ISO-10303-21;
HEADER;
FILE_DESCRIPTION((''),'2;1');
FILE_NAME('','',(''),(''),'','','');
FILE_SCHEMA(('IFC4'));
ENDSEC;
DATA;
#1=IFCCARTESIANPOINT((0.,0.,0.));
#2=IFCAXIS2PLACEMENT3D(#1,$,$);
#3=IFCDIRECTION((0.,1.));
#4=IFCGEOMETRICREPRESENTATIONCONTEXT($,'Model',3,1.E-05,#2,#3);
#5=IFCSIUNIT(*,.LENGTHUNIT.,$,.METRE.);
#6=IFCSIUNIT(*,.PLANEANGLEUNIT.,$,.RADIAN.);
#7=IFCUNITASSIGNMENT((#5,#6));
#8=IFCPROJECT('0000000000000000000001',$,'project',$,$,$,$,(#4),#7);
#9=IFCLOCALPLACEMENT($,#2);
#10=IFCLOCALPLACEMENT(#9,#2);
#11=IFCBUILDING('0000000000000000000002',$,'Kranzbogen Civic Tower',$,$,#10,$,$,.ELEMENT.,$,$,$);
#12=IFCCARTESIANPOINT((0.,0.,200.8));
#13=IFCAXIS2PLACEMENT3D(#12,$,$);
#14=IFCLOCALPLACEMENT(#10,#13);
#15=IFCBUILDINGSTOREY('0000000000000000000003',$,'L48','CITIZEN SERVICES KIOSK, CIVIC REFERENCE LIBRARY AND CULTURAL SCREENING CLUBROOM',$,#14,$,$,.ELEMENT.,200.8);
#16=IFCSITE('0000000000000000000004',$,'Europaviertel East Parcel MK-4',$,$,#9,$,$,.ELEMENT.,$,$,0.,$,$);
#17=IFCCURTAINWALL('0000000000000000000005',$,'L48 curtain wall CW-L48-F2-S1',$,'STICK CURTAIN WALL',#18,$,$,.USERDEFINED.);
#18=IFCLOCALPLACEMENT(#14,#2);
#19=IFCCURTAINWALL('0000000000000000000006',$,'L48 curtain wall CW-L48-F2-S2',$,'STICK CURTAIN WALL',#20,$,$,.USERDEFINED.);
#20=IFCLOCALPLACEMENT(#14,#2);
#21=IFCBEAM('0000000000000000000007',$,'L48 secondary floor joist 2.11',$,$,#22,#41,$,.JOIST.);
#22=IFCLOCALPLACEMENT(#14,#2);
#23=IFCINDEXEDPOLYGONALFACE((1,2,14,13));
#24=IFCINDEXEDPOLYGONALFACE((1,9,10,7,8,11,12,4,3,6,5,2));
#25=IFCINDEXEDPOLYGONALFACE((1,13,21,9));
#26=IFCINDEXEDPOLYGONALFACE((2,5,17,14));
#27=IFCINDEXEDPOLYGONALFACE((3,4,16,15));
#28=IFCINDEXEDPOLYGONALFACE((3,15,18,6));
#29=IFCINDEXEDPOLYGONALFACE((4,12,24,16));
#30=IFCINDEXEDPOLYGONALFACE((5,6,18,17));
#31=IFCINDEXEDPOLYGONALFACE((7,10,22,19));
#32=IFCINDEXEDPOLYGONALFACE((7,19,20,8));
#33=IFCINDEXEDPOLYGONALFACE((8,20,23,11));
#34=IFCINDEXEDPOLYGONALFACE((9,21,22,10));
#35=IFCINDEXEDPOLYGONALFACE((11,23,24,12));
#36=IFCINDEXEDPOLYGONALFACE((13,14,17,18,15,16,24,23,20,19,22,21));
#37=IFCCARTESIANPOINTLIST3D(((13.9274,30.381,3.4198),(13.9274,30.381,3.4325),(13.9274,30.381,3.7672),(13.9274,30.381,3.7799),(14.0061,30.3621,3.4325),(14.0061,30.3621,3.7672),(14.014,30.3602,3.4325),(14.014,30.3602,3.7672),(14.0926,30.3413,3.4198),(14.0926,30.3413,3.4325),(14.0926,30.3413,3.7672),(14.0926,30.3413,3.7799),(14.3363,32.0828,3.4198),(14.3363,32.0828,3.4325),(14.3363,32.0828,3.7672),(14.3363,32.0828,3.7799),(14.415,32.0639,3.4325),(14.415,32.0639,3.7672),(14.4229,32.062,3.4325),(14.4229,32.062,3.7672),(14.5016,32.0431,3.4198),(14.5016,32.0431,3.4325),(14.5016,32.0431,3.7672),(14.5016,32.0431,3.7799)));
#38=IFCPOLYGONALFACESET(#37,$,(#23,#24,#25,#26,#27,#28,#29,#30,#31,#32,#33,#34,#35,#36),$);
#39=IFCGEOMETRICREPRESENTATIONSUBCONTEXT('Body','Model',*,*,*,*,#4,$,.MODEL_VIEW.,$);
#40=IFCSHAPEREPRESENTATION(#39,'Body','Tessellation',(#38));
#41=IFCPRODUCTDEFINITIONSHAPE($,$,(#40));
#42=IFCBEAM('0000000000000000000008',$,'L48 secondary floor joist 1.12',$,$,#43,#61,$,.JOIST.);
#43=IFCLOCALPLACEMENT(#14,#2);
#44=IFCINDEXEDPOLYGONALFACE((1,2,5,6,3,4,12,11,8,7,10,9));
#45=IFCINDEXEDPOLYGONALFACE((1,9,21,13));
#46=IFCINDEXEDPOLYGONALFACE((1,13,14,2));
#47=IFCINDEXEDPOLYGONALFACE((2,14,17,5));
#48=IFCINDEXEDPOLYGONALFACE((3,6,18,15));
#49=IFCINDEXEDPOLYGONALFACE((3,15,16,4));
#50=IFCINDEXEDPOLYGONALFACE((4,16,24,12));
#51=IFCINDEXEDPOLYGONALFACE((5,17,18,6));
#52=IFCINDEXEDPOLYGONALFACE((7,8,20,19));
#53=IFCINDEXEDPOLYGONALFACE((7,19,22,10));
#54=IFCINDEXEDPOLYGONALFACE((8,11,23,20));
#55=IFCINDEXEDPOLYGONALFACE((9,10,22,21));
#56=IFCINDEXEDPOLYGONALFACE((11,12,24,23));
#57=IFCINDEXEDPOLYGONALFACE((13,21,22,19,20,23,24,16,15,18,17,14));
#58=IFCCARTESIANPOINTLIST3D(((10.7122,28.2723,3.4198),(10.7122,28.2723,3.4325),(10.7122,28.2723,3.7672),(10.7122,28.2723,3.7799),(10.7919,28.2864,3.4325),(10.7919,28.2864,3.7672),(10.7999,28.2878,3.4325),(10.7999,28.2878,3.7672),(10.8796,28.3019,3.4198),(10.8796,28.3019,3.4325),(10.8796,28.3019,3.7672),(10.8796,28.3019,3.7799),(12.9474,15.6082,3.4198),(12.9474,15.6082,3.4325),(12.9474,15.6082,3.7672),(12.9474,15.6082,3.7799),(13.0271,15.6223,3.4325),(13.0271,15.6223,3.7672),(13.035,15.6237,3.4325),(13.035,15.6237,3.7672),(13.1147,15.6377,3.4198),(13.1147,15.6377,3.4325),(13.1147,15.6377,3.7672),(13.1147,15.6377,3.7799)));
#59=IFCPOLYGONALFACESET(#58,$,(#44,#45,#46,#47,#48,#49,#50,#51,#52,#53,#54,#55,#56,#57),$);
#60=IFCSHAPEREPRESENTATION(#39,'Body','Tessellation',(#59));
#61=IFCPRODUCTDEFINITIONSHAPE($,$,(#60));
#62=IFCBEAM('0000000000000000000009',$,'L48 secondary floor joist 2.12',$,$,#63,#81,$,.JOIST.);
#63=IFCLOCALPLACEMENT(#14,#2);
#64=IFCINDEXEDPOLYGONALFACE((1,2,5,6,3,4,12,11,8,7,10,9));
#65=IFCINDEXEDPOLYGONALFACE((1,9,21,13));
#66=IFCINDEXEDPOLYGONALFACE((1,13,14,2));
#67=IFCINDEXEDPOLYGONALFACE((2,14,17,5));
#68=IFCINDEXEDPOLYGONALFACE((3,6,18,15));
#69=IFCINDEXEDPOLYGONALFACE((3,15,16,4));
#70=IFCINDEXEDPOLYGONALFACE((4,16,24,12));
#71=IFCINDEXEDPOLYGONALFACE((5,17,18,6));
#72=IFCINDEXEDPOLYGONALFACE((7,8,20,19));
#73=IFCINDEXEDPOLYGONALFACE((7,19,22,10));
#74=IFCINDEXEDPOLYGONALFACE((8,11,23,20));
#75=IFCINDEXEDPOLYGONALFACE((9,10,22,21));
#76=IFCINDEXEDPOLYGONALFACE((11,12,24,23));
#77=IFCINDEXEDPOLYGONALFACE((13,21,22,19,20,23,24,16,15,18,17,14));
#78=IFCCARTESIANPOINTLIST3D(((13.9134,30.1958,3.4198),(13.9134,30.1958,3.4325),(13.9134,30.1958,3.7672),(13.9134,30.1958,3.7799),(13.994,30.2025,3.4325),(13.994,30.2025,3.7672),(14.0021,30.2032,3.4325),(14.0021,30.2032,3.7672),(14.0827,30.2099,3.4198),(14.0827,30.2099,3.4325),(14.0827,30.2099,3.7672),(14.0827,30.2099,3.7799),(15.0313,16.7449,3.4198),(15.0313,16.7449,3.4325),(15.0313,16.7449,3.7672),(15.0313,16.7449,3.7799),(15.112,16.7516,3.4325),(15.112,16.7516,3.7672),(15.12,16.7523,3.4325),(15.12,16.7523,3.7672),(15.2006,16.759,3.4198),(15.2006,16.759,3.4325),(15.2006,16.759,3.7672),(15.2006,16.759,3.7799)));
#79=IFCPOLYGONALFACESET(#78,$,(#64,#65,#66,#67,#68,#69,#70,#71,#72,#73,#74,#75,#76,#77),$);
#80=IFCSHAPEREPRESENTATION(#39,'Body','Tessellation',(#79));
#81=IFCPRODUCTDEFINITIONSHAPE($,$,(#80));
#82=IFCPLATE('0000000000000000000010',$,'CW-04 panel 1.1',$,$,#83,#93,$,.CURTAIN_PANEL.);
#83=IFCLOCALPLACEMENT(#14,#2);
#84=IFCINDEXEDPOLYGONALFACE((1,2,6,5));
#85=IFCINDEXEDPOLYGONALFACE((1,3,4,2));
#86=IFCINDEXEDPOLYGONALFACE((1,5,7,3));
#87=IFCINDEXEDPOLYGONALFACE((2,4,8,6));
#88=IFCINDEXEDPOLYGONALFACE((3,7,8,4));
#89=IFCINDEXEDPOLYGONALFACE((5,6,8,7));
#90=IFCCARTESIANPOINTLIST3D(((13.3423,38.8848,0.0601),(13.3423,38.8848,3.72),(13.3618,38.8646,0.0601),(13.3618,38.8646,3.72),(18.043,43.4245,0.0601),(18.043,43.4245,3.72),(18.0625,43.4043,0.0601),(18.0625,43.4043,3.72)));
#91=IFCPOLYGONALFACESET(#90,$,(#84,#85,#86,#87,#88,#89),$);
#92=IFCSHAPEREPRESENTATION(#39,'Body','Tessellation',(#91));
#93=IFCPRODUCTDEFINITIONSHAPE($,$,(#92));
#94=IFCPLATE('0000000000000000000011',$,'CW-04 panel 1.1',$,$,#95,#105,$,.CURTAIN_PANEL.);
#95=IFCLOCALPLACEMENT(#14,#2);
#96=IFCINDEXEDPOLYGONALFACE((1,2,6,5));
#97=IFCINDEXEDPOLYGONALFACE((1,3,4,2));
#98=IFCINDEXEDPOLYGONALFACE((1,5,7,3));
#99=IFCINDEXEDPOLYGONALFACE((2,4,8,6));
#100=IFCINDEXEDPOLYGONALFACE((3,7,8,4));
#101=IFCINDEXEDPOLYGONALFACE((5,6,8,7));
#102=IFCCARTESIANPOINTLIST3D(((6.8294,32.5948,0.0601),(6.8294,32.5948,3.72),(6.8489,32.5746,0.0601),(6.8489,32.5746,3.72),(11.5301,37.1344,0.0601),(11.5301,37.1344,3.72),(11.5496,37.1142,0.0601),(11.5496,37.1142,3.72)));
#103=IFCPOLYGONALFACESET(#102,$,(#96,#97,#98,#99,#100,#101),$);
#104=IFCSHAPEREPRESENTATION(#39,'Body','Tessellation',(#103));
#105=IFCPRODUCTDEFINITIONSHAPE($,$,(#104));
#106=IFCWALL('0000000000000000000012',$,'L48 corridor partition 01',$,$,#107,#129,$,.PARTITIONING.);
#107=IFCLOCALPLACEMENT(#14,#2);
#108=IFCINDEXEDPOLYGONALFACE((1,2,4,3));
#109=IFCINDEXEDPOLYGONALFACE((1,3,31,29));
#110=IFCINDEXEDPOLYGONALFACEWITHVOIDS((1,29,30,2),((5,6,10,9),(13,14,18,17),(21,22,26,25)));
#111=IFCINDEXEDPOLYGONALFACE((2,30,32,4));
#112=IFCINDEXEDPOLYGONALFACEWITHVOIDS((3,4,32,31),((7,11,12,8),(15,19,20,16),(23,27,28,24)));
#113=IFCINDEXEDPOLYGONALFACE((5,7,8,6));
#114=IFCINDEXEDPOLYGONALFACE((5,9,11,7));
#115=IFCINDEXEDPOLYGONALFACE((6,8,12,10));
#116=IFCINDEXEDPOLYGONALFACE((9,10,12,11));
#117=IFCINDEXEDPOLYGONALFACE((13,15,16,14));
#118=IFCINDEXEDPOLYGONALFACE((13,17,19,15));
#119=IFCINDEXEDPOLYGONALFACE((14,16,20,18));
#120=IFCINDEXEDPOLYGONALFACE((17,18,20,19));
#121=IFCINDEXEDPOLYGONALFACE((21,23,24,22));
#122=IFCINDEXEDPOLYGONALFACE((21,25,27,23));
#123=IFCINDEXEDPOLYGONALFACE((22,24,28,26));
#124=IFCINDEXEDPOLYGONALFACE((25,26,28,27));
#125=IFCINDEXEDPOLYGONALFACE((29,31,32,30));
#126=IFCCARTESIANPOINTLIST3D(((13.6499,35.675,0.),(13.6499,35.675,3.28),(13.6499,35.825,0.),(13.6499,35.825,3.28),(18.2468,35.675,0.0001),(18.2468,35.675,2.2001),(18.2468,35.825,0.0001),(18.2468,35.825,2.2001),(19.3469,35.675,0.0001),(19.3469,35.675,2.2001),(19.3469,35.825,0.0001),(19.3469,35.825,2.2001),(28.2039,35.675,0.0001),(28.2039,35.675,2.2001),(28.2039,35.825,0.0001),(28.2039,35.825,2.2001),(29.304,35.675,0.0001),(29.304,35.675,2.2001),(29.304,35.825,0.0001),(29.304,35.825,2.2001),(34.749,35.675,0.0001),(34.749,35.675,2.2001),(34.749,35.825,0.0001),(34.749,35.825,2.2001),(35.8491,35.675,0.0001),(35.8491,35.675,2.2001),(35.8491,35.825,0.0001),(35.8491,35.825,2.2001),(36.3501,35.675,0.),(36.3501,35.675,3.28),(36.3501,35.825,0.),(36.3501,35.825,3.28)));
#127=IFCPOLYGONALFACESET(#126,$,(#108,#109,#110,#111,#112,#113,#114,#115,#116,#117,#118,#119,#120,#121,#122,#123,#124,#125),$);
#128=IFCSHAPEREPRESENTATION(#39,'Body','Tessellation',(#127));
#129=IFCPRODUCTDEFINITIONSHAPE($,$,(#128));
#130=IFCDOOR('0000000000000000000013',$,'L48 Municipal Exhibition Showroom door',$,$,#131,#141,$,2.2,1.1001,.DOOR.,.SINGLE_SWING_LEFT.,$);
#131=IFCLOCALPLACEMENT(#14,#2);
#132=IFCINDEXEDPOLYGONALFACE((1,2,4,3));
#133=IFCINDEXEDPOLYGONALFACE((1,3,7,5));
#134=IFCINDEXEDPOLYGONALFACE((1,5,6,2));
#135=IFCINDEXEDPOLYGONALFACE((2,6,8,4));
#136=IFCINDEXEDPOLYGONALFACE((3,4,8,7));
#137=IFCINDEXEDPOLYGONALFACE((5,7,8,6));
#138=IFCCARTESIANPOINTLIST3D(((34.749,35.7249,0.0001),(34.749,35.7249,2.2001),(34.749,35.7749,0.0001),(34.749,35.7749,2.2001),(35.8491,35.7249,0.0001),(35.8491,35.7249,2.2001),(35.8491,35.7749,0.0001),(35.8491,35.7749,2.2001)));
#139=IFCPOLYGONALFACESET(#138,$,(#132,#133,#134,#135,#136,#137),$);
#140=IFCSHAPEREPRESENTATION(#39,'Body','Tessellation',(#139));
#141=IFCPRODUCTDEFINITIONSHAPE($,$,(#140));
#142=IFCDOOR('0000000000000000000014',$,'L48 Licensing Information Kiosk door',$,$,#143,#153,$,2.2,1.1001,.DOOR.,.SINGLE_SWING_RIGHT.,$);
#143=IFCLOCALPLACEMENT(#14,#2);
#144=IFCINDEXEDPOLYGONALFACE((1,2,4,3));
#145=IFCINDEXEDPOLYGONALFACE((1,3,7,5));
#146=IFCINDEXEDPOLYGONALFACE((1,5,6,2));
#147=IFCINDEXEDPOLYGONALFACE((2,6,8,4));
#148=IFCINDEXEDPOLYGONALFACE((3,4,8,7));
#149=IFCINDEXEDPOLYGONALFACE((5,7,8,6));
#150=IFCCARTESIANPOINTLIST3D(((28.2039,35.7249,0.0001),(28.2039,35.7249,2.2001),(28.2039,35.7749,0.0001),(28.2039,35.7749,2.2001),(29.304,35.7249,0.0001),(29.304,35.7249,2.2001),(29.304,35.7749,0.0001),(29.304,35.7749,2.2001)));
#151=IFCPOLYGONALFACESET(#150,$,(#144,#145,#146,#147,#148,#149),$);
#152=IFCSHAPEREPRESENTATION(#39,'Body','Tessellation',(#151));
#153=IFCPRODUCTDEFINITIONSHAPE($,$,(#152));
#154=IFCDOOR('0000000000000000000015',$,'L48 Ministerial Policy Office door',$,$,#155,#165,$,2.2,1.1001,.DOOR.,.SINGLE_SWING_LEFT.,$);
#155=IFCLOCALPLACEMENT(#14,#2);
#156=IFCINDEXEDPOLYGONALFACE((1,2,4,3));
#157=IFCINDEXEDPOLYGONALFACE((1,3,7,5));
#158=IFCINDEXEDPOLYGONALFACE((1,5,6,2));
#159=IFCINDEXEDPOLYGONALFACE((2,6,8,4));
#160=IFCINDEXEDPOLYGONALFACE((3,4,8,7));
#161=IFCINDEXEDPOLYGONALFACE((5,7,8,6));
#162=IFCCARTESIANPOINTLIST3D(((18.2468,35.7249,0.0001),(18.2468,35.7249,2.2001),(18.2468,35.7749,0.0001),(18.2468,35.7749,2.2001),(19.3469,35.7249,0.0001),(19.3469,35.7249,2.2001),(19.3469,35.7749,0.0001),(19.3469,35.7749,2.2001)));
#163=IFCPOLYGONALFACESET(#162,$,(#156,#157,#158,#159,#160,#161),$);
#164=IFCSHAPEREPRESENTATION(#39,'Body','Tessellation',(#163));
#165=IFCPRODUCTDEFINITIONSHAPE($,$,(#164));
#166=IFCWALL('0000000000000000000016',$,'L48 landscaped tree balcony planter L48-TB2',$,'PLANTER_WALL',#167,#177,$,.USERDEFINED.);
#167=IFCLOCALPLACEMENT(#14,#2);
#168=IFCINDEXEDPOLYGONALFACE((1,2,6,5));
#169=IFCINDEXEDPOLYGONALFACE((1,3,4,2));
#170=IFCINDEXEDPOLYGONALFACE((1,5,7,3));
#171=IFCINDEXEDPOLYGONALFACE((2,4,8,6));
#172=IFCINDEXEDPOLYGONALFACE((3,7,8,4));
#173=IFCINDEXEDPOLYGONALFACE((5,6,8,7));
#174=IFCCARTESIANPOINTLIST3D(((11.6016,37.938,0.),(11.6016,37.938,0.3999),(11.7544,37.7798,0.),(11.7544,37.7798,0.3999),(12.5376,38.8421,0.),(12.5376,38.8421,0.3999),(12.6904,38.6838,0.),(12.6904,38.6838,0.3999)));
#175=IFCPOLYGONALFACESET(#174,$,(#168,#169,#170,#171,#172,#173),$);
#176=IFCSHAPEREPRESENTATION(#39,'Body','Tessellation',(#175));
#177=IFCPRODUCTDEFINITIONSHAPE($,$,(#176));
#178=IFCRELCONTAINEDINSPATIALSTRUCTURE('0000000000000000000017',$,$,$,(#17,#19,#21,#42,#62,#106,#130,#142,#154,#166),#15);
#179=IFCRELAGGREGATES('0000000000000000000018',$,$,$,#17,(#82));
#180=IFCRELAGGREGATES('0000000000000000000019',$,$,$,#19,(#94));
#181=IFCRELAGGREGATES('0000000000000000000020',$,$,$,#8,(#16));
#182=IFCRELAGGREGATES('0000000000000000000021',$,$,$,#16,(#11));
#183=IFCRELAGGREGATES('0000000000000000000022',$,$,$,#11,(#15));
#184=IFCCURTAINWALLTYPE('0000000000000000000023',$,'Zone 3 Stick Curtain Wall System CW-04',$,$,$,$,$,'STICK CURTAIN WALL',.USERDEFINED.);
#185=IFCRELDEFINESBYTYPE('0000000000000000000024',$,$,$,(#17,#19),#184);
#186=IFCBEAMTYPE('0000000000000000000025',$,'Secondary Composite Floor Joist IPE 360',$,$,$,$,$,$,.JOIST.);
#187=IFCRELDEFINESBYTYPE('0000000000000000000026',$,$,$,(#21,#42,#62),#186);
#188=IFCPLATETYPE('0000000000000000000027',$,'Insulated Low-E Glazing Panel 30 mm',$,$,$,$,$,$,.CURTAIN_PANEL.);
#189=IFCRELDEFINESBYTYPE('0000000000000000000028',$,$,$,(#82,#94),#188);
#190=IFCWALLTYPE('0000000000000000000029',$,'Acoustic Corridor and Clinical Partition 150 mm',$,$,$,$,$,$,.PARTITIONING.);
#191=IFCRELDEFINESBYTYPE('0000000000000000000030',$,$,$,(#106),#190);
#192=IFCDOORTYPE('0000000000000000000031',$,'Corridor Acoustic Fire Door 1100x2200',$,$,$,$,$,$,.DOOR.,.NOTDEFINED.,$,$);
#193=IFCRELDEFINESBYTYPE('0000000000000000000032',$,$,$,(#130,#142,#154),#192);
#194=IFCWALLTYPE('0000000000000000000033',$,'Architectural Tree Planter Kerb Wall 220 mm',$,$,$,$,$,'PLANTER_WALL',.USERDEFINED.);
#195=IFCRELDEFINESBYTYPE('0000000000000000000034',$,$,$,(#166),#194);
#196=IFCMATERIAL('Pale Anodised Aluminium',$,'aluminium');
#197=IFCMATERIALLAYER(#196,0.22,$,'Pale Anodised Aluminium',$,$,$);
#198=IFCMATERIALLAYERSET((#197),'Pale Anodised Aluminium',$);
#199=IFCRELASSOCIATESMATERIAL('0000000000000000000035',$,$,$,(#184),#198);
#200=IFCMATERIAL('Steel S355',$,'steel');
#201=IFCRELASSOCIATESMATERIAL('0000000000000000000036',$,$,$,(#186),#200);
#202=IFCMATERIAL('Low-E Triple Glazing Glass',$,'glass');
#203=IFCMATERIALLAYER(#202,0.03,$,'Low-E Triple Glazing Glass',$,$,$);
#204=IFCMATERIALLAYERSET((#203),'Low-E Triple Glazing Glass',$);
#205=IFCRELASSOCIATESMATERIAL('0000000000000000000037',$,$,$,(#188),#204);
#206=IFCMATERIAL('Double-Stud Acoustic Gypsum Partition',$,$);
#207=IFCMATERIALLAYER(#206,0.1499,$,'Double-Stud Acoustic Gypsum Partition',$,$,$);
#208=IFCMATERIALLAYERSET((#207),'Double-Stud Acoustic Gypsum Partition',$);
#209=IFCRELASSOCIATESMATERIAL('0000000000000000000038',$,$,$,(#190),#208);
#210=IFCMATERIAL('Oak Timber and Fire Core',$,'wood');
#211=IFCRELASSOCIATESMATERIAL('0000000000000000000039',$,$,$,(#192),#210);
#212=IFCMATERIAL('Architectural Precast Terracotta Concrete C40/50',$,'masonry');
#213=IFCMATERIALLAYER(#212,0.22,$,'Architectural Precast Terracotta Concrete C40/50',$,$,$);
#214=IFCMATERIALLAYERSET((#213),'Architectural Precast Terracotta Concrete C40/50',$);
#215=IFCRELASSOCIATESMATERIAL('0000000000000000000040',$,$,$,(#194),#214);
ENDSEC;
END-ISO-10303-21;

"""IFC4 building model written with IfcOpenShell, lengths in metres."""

from ifc_helpers import new_model, si_unit, direction, frame, frame_2d, origin, origin_2d, place, context, subcontext, project, spatial, rectangle, i_section, extrude, material, layer, layer_set, material_profile, profile_set, type_object, element, fill, aggregate, save


model = new_model("IFC4")

# Units and contexts
model_context = context("Model", 3, precision=1e-05, world=origin(), true_north=direction((0.0, 1.0)))
body_context = subcontext(model_context, "Body", "Model", "MODEL_VIEW")
ifc_project = project(units=[si_unit("LENGTHUNIT", "METRE"), si_unit("PLANEANGLEUNIT", "RADIAN")], contexts=[model_context])

# Site, building, storey
site_placement = place(None, origin())
site = spatial("IfcSite", under=ifc_project, at=site_placement, Name="Europaviertel East Parcel MK-4", CompositionType="ELEMENT", RefElevation=0.0)
building_placement = place(site_placement, origin())
building = spatial("IfcBuilding", under=site, at=building_placement, Name="Kranzbogen Civic Tower", CompositionType="ELEMENT")
storey_placement = place(building_placement, frame((0.0, 0.0, 200.8)))
storey = spatial("IfcBuildingStorey", under=building, at=storey_placement, Name="L48", Description="CITIZEN SERVICES KIOSK, CIVIC REFERENCE LIBRARY AND CULTURAL SCREENING CLUBROOM", CompositionType="ELEMENT", Elevation=200.8)

# Shared definitions
ifc_material_1 = material(Name="Steel S355", Category="steel")

# Curtain wall
ifc_material_2 = material(Name="Pale Anodised Aluminium", Category="aluminium")
ifc_layer_1 = layer(ifc_material_2, 0.22, Name="Pale Anodised Aluminium")
ifc_layer_set_1 = layer_set([ifc_layer_1], Name="Pale Anodised Aluminium")
curtain_wall_type = type_object("IfcCurtainWallType", Name="Zone 3 Stick Curtain Wall System CW-04", ElementType="STICK CURTAIN WALL", PredefinedType="USERDEFINED", material=ifc_layer_set_1)
curtain_wall_1_placement = place(storey_placement, origin())
curtain_wall_1 = element("IfcCurtainWall", 1, at=curtain_wall_1_placement, inside=storey, type_object=curtain_wall_type, Name="L48 curtain wall CW-L48-F2-S1", ObjectType="STICK CURTAIN WALL", PredefinedType="USERDEFINED")

# Curtain wall
curtain_wall_2_placement = place(storey_placement, origin())
curtain_wall_2 = element("IfcCurtainWall", 2, at=curtain_wall_2_placement, inside=storey, type_object=curtain_wall_type, Name="L48 curtain wall CW-L48-F2-S2", ObjectType="STICK CURTAIN WALL", PredefinedType="USERDEFINED")

# Beams
ifc_material_profile_1 = material_profile(ifc_material_1, i_section(OverallWidth=0.1699, OverallDepth=0.3601, WebThickness=0.0081, FlangeThickness=0.0127, at=origin_2d()), Name="IPE 360")
ifc_profile_set_1 = profile_set([ifc_material_profile_1], Name="Steel S355")
beam_type_1 = type_object("IfcBeamType", Name="Secondary Composite Floor Joist IPE 360", PredefinedType="JOIST", material=ifc_profile_set_1)
beam_1_placement = place(storey_placement, frame((14.4189, 32.063, 3.5999), z_axis=(-0.233631, -0.972325, 0.0), x_axis=(0.972325, -0.233631, 0.0)))
element("IfcBeam", 3, at=beam_1_placement, inside=storey, type_object=beam_type_1, Name="L48 secondary floor joist 2.11", PredefinedType="JOIST", context=body_context, shape_type="SweptSolid", body=[
    extrude(i_section(OverallWidth=0.1699, OverallDepth=0.3601, WebThickness=0.0081, FlangeThickness=0.0127, at=origin_2d()), origin(), (0.0, 0.0, 1.0), 1.7502),
])
beam_2_placement = place(storey_placement, frame((10.7959, 28.2871, 3.5999), z_axis=(0.173806, -0.98478, 0.0), x_axis=(0.98478, 0.173806, 0.0)))
element("IfcBeam", 4, at=beam_2_placement, inside=storey, type_object=beam_type_1, Name="L48 secondary floor joist 1.12", PredefinedType="JOIST", context=body_context, shape_type="SweptSolid", body=[
    extrude(i_section(OverallWidth=0.1699, OverallDepth=0.3601, WebThickness=0.0081, FlangeThickness=0.0127, at=origin_2d()), origin(), (0.0, 0.0, 1.0), 12.8599),
])
beam_3_placement = place(storey_placement, frame((13.998, 30.2029, 3.5999), z_axis=(0.082825, -0.996564, 0.0), x_axis=(0.996564, 0.082825, 0.0)))
element("IfcBeam", 5, at=beam_3_placement, inside=storey, type_object=beam_type_1, Name="L48 secondary floor joist 2.12", PredefinedType="JOIST", context=body_context, shape_type="SweptSolid", body=[
    extrude(i_section(OverallWidth=0.1699, OverallDepth=0.3601, WebThickness=0.0081, FlangeThickness=0.0127, at=origin_2d()), origin(), (0.0, 0.0, 1.0), 13.4973),
])

# Plates
ifc_material_3 = material(Name="Low-E Triple Glazing Glass", Category="glass")
ifc_layer_2 = layer(ifc_material_3, 0.03, Name="Low-E Triple Glazing Glass")
ifc_layer_set_2 = layer_set([ifc_layer_2], Name="Low-E Triple Glazing Glass")
plate_type = type_object("IfcPlateType", Name="Insulated Low-E Glazing Panel 30 mm", PredefinedType="CURTAIN_PANEL", material=ifc_layer_set_2)
plate_1_placement = place(storey_placement, frame((15.7024, 41.1445, 0.0601), z_axis=(0.0, 0.0, 1.0), x_axis=(-0.719321, -0.694678, 0.0)))
plate_1 = element("IfcPlate", 6, at=plate_1_placement, type_object=plate_type, Name="CW-04 panel 1.1", PredefinedType="CURTAIN_PANEL", context=body_context, shape_type="SweptSolid", body=[
    extrude(rectangle(XDim=6.5349, YDim=0.0281, at=origin_2d()), origin(), (0.0, 0.0, 1.0), 3.6599),
])
aggregate(curtain_wall_1, [plate_1])
plate_2_placement = place(storey_placement, frame((9.1895, 34.8545, 0.0601), z_axis=(0.0, 0.0, 1.0), x_axis=(-0.719321, -0.694678, 0.0)))
plate_2 = element("IfcPlate", 7, at=plate_2_placement, type_object=plate_type, Name="CW-04 panel 1.1", PredefinedType="CURTAIN_PANEL", context=body_context, shape_type="SweptSolid", body=[
    extrude(rectangle(XDim=6.5349, YDim=0.0281, at=origin_2d()), origin(), (0.0, 0.0, 1.0), 3.6599),
])
aggregate(curtain_wall_2, [plate_2])

# Wall, openings, doors
ifc_material_4 = material(Name="Double-Stud Acoustic Gypsum Partition")
ifc_layer_3 = layer(ifc_material_4, 0.1499, Name="Double-Stud Acoustic Gypsum Partition")
ifc_layer_set_3 = layer_set([ifc_layer_3], Name="Double-Stud Acoustic Gypsum Partition")
wall_type_1 = type_object("IfcWallType", Name="Acoustic Corridor and Clinical Partition 150 mm", PredefinedType="PARTITIONING", material=ifc_layer_set_3)
wall_1_placement = place(storey_placement, frame((13.6499, 35.75, 0.0), z_axis=(0.0, 0.0, 1.0), x_axis=(1.0, 0.0, 0.0)))
wall_1 = element("IfcWall", 8, at=wall_1_placement, inside=storey, type_object=wall_type_1, Name="L48 corridor partition 01", PredefinedType="PARTITIONING", context=body_context, shape_type="SweptSolid", body=[
    extrude(rectangle(XDim=22.7002, YDim=0.1499, at=frame_2d((11.3501, 0.0))), origin(), (0.0, 0.0, 1.0), 3.28),
])
opening_1_placement = place(wall_1_placement, frame((21.0991, 0.0, 0.0)))
opening_1 = element("IfcOpeningElement", 9, at=opening_1_placement, cuts=wall_1, PredefinedType="OPENING", context=body_context, shape_type="SweptSolid", body=[
    extrude(rectangle(XDim=1.1001, YDim=2.2, at=frame_2d((0.55, 1.1001))), frame((0.0, 0.085, 0.0), z_axis=(0.0, -1.0, 0.0), x_axis=(1.0, 0.0, 0.0)), (0.0, 0.0, 1.0), 0.1699),
])
opening_2_placement = place(wall_1_placement, frame((14.554, 0.0, 0.0)))
opening_2 = element("IfcOpeningElement", 10, at=opening_2_placement, cuts=wall_1, PredefinedType="OPENING", context=body_context, shape_type="SweptSolid", body=[
    extrude(rectangle(XDim=1.1001, YDim=2.2, at=frame_2d((0.55, 1.1001))), frame((0.0, 0.085, 0.0), z_axis=(0.0, -1.0, 0.0), x_axis=(1.0, 0.0, 0.0)), (0.0, 0.0, 1.0), 0.1699),
])
opening_3_placement = place(wall_1_placement, frame((4.5969, 0.0, 0.0)))
opening_3 = element("IfcOpeningElement", 11, at=opening_3_placement, cuts=wall_1, PredefinedType="OPENING", context=body_context, shape_type="SweptSolid", body=[
    extrude(rectangle(XDim=1.1001, YDim=2.2, at=frame_2d((0.55, 1.1001))), frame((0.0, 0.085, 0.0), z_axis=(0.0, -1.0, 0.0), x_axis=(1.0, 0.0, 0.0)), (0.0, 0.0, 1.0), 0.1699),
])
ifc_material_5 = material(Name="Oak Timber and Fire Core", Category="wood")
door_type_1 = type_object("IfcDoorType", Name="Corridor Acoustic Fire Door 1100x2200", OperationType="NOTDEFINED", PredefinedType="DOOR", material=ifc_material_5)
door_1_placement = place(opening_1_placement, origin())
door_1 = element("IfcDoor", 12, at=door_1_placement, inside=storey, type_object=door_type_1, Name="L48 Municipal Exhibition Showroom door", OperationType="SINGLE_SWING_LEFT", OverallHeight=2.2, OverallWidth=1.1001, PredefinedType="DOOR", context=body_context, shape_type="SweptSolid", body=[
    extrude(rectangle(XDim=1.1001, YDim=2.2, at=frame_2d((0.55, 1.1001))), frame((0.0, 0.0249, 0.0), z_axis=(0.0, -1.0, 0.0), x_axis=(1.0, 0.0, 0.0)), (0.0, 0.0, 1.0), 0.05),
])
fill(opening_1, door_1)
door_2_placement = place(opening_2_placement, origin())
door_2 = element("IfcDoor", 13, at=door_2_placement, inside=storey, type_object=door_type_1, Name="L48 Licensing Information Kiosk door", OperationType="SINGLE_SWING_RIGHT", OverallHeight=2.2, OverallWidth=1.1001, PredefinedType="DOOR", context=body_context, shape_type="SweptSolid", body=[
    extrude(rectangle(XDim=1.1001, YDim=2.2, at=frame_2d((0.55, 1.1001))), frame((0.0, 0.0249, 0.0), z_axis=(0.0, -1.0, 0.0), x_axis=(1.0, 0.0, 0.0)), (0.0, 0.0, 1.0), 0.05),
])
fill(opening_2, door_2)
door_3_placement = place(opening_3_placement, origin())
door_3 = element("IfcDoor", 14, at=door_3_placement, inside=storey, type_object=door_type_1, Name="L48 Ministerial Policy Office door", OperationType="SINGLE_SWING_LEFT", OverallHeight=2.2, OverallWidth=1.1001, PredefinedType="DOOR", context=body_context, shape_type="SweptSolid", body=[
    extrude(rectangle(XDim=1.1001, YDim=2.2, at=frame_2d((0.55, 1.1001))), frame((0.0, 0.0249, 0.0), z_axis=(0.0, -1.0, 0.0), x_axis=(1.0, 0.0, 0.0)), (0.0, 0.0, 1.0), 0.05),
])
fill(opening_3, door_3)

# Wall
ifc_material_6 = material(Name="Architectural Precast Terracotta Concrete C40/50", Category="masonry")
ifc_layer_4 = layer(ifc_material_6, 0.22, Name="Architectural Precast Terracotta Concrete C40/50")
ifc_layer_set_4 = layer_set([ifc_layer_4], Name="Architectural Precast Terracotta Concrete C40/50")
wall_type_2 = type_object("IfcWallType", Name="Architectural Tree Planter Kerb Wall 220 mm", ElementType="PLANTER_WALL", PredefinedType="USERDEFINED", material=ifc_layer_set_4)
wall_2_placement = place(storey_placement, frame((12.614, 38.7629, 0.0), z_axis=(0.0, 0.0, 1.0), x_axis=(-0.719288, -0.694712, 0.0)))
element("IfcWall", 15, at=wall_2_placement, inside=storey, type_object=wall_type_2, Name="L48 landscaped tree balcony planter L48-TB2", ObjectType="PLANTER_WALL", PredefinedType="USERDEFINED", context=body_context, shape_type="SweptSolid", body=[
    extrude(rectangle(XDim=1.3013, YDim=0.22, at=frame_2d((0.6506, 0.0))), origin(), (0.0, 0.0, 1.0), 0.3999),
])

save(model, "model.ifc")
